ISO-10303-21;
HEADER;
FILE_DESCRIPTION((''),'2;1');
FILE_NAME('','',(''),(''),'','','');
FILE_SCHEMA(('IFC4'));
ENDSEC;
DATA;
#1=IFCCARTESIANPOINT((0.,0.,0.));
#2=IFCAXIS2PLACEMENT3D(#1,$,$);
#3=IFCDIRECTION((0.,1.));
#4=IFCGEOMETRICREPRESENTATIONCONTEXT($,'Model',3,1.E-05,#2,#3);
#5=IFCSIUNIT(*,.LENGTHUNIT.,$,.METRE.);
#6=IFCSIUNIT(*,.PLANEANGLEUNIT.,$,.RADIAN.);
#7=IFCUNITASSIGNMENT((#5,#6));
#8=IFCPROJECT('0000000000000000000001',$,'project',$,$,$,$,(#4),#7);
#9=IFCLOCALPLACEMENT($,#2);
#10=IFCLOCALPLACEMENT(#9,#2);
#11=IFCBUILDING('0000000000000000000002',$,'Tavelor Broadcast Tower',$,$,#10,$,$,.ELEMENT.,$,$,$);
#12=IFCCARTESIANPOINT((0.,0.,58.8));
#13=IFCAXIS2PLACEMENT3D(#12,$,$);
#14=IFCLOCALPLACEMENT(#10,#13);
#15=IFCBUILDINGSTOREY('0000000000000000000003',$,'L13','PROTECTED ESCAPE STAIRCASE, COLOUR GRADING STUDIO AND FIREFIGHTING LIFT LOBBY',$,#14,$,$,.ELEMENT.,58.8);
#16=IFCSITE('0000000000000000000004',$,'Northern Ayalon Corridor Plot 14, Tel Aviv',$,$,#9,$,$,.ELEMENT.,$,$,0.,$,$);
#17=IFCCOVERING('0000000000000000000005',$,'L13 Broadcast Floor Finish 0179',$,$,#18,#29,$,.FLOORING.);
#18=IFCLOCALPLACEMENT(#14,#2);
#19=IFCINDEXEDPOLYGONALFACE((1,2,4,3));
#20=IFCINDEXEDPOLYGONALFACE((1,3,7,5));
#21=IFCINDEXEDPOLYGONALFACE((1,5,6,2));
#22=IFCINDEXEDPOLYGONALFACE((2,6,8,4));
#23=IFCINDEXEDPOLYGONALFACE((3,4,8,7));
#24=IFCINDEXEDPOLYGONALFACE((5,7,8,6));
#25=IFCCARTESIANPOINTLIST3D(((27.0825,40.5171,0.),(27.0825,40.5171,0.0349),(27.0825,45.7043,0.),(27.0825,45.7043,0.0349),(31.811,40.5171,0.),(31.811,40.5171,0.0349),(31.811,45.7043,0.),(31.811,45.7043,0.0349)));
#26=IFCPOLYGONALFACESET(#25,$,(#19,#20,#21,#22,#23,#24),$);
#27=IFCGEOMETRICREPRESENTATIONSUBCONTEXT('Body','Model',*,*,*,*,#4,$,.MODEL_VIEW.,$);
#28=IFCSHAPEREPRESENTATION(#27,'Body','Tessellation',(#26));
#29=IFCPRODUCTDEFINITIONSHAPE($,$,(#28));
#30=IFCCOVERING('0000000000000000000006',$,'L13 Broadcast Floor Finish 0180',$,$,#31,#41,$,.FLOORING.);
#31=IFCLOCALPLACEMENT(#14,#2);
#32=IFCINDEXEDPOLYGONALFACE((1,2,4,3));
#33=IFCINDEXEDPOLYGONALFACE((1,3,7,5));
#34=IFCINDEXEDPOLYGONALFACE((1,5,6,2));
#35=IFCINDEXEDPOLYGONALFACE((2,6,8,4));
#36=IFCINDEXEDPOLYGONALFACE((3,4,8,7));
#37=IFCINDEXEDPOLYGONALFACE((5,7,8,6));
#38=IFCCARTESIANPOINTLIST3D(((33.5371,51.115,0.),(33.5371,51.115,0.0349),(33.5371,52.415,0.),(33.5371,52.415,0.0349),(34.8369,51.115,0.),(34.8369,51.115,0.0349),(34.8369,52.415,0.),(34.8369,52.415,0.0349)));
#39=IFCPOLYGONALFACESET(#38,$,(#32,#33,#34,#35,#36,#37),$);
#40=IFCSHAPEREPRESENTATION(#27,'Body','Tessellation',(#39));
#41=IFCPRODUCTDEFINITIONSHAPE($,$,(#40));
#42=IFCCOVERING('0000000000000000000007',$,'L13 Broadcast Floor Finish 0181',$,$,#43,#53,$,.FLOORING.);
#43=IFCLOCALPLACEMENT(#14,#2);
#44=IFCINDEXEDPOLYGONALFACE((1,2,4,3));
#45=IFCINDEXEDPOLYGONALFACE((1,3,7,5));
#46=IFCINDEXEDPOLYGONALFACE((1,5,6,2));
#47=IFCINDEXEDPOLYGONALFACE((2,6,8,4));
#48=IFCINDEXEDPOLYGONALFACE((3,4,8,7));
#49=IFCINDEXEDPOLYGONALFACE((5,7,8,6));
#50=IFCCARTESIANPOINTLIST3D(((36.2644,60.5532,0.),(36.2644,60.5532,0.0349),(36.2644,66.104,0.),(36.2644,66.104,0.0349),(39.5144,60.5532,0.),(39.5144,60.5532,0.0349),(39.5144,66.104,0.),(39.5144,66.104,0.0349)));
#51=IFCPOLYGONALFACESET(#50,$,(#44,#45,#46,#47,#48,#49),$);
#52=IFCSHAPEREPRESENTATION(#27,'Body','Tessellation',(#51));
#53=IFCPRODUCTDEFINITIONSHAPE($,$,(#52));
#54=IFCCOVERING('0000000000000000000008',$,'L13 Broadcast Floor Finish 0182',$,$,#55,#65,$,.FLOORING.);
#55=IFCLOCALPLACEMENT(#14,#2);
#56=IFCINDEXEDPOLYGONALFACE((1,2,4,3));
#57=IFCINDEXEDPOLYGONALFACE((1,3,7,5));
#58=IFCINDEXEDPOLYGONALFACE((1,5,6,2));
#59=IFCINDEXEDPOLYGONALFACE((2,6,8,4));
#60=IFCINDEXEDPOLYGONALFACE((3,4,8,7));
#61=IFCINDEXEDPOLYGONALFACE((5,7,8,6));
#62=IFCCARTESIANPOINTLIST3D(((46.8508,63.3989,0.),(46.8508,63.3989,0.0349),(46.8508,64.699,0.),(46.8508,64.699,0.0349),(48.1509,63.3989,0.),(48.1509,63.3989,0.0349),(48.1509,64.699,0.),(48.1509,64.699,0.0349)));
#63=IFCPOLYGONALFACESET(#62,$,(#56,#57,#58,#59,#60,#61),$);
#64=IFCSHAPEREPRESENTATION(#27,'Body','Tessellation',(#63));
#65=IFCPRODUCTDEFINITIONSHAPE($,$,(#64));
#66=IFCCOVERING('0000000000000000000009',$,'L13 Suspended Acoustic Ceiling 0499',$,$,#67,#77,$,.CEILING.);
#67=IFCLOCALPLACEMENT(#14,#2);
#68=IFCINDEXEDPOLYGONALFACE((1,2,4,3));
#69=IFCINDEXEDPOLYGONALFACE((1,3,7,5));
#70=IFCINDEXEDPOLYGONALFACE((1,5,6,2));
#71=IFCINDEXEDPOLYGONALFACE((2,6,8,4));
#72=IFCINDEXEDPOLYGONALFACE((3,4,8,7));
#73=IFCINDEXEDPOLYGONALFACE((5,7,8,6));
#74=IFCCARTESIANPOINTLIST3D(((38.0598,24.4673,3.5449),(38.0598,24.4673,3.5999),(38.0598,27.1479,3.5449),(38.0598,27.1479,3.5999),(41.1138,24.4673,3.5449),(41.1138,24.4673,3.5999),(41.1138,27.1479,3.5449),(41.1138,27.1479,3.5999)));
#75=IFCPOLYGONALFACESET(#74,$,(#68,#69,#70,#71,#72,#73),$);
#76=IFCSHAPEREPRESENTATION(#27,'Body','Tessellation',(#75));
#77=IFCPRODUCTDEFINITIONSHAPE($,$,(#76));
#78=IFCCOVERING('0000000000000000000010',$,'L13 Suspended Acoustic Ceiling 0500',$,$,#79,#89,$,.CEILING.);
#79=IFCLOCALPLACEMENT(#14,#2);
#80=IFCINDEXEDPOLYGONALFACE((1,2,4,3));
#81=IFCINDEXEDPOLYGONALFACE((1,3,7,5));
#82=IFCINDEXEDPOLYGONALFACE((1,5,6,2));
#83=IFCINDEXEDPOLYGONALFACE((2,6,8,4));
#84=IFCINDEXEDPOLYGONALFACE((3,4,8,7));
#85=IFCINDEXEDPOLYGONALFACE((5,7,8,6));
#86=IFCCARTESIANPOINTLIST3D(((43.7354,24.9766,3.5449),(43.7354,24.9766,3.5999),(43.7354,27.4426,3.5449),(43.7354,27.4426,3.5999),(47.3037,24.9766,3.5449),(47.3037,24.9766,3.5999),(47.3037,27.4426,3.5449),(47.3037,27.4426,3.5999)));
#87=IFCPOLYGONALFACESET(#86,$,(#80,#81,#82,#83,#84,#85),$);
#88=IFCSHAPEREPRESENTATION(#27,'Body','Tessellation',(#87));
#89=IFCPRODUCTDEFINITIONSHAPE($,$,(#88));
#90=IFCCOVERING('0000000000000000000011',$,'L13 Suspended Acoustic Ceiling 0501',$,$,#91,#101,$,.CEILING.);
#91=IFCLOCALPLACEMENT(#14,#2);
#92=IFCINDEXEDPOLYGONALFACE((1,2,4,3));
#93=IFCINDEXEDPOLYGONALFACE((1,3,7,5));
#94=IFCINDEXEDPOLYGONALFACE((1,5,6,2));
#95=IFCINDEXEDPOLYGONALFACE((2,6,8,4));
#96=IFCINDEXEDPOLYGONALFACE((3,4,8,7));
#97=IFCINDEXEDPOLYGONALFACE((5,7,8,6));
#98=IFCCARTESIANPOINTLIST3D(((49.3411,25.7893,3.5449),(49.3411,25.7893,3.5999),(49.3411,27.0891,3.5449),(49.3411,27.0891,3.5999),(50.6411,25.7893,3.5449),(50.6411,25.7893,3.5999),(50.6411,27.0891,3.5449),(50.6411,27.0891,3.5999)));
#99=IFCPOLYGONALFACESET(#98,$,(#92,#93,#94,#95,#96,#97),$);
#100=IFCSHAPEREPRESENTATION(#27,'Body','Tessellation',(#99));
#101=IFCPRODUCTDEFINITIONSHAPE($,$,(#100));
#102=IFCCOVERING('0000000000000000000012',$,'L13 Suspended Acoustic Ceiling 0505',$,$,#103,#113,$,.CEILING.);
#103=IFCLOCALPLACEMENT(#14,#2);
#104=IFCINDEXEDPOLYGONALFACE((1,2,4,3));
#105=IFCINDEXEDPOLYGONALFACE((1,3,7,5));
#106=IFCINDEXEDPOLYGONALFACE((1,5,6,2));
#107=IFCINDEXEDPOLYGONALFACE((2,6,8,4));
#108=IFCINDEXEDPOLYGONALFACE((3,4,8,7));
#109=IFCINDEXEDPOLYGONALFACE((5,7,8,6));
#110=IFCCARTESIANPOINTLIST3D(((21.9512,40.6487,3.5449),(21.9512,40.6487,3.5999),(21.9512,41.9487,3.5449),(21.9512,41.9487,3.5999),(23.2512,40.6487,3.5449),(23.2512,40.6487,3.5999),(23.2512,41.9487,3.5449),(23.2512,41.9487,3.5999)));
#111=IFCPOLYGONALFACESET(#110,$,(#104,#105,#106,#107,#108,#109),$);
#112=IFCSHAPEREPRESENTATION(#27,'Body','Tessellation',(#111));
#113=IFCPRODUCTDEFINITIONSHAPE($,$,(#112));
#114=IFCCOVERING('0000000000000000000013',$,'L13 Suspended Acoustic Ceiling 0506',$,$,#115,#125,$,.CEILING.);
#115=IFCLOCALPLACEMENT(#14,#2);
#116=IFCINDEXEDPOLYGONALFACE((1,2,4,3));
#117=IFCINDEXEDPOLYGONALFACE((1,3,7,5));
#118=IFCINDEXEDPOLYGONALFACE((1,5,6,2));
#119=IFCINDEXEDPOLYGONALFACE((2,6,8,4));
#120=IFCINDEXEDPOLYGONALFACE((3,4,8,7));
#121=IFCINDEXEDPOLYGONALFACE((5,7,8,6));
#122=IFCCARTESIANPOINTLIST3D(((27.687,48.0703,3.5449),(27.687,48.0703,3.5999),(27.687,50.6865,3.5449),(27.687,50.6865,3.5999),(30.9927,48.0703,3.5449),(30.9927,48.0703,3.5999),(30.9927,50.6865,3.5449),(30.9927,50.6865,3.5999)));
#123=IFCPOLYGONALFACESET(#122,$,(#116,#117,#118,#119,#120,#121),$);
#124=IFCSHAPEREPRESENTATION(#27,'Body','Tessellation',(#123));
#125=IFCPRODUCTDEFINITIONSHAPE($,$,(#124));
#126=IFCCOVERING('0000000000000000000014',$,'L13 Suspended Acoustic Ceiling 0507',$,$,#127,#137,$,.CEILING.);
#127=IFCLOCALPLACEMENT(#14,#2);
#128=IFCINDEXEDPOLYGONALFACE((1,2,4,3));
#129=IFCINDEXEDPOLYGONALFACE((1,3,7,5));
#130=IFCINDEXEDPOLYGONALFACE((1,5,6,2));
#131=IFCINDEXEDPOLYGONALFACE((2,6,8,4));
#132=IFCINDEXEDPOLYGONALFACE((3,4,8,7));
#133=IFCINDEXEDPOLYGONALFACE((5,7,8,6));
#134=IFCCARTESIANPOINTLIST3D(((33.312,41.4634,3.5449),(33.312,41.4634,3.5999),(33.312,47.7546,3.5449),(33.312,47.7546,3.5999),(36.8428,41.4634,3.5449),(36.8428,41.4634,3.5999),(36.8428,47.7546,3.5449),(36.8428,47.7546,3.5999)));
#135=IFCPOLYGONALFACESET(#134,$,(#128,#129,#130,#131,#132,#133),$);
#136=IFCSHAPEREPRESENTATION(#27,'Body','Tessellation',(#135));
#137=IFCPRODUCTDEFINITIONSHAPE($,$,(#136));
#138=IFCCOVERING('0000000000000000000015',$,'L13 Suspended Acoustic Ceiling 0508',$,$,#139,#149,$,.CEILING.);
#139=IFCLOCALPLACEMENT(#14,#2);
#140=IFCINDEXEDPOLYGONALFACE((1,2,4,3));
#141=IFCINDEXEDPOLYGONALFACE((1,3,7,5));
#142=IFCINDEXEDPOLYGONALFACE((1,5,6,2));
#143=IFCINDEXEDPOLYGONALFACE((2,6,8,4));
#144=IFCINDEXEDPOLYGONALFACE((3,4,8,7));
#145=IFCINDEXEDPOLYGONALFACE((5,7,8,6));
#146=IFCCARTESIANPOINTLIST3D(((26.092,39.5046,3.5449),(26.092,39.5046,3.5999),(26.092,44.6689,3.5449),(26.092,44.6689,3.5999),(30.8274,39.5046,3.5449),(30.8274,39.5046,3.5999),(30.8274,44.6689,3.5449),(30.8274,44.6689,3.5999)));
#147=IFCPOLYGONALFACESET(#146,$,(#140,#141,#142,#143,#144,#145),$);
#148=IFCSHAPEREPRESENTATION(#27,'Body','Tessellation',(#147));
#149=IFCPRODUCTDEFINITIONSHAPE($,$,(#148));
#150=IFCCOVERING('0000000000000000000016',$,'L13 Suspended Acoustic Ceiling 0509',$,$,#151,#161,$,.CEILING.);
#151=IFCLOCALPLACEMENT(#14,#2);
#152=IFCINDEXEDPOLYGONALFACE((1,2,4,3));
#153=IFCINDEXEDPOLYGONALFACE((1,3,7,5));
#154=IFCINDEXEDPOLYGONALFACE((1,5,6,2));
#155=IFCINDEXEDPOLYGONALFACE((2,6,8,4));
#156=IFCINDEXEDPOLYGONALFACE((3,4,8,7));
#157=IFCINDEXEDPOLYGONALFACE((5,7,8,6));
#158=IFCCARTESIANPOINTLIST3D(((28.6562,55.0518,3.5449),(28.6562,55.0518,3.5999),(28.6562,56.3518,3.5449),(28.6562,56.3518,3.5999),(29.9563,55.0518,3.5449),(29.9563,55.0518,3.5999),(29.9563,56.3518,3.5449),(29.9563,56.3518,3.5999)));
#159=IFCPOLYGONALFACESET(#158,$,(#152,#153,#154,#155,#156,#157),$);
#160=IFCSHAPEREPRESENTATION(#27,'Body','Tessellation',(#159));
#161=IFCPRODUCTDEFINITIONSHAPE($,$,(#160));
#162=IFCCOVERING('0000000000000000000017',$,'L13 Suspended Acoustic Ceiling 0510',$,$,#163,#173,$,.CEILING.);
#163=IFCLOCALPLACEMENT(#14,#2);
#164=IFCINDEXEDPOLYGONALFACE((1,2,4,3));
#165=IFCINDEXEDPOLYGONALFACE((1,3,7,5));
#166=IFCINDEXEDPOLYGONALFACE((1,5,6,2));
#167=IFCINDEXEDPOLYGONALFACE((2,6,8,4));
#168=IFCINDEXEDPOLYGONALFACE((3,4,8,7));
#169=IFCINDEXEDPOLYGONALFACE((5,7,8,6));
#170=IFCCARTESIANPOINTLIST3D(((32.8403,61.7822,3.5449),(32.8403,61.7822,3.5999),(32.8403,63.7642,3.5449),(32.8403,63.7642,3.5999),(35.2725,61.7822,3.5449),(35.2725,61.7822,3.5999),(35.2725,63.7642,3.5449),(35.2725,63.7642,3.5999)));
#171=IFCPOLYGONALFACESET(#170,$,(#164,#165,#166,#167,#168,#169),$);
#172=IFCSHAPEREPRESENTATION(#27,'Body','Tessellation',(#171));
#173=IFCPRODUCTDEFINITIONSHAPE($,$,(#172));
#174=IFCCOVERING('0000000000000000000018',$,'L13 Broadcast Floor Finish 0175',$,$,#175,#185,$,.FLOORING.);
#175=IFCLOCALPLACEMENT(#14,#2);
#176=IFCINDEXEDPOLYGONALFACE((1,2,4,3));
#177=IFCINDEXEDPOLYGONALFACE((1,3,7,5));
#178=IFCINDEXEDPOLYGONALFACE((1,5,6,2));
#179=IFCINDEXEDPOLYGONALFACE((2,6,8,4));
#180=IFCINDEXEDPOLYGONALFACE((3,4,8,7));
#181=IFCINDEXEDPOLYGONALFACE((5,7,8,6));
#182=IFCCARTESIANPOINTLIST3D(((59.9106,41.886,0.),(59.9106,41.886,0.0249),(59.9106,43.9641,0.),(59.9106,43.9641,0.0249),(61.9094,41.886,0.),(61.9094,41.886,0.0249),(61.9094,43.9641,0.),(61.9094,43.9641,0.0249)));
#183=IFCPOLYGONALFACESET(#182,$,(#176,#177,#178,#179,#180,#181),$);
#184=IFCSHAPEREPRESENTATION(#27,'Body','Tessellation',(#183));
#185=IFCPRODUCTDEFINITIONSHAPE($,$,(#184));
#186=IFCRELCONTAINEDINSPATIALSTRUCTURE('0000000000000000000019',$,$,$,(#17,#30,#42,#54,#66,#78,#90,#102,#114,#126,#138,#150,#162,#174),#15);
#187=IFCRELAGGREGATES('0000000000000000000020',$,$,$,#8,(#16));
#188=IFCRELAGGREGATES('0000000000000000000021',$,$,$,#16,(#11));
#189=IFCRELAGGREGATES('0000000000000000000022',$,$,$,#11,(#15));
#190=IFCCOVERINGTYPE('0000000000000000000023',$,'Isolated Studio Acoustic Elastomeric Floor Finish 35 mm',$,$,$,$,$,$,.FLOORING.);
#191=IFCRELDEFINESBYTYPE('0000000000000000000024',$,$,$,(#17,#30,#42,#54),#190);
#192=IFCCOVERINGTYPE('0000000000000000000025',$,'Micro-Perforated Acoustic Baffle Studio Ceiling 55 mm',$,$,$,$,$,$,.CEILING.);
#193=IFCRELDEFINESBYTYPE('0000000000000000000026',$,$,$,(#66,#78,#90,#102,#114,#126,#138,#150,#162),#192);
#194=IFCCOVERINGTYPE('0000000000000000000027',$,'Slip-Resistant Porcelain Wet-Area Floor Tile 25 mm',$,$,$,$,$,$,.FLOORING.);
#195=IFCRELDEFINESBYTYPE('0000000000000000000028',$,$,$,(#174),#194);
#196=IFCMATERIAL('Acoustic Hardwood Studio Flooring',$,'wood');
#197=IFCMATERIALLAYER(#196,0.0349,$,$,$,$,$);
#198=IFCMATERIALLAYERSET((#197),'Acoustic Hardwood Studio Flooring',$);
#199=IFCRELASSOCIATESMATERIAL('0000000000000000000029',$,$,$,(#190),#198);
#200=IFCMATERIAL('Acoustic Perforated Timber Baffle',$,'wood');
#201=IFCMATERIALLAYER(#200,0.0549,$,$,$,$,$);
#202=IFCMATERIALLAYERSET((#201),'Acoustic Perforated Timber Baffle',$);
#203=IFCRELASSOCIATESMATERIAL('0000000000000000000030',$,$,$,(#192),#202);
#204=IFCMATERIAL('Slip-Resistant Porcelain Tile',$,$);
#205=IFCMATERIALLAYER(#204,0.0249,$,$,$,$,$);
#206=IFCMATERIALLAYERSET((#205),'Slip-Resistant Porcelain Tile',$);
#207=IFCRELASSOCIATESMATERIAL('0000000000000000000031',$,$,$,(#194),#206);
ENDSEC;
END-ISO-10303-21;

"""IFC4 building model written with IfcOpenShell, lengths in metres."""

from ifc_helpers import new_model, si_unit, direction, frame, origin, place, context, subcontext, project, spatial, polyline, outline, extrude, material, layer, layer_set, type_object, element, save


model = new_model("IFC4")

# Units and contexts
model_context = context("Model", 3, precision=1e-05, world=origin(), true_north=direction((0.0, 1.0)))
body_context = subcontext(model_context, "Body", "Model", "MODEL_VIEW")
ifc_project = project(units=[si_unit("LENGTHUNIT", "METRE"), si_unit("PLANEANGLEUNIT", "RADIAN")], contexts=[model_context])

# Site, building, storey
site_placement = place(None, origin())
site = spatial("IfcSite", under=ifc_project, at=site_placement, Name="Northern Ayalon Corridor Plot 14, Tel Aviv", CompositionType="ELEMENT", RefElevation=0.0)
building_placement = place(site_placement, origin())
building = spatial("IfcBuilding", under=site, at=building_placement, Name="Tavelor Broadcast Tower", CompositionType="ELEMENT")
storey_placement = place(building_placement, frame((0.0, 0.0, 58.8)))
storey = spatial("IfcBuildingStorey", under=building, at=storey_placement, Name="L13", Description="PROTECTED ESCAPE STAIRCASE, COLOUR GRADING STUDIO AND FIREFIGHTING LIFT LOBBY", CompositionType="ELEMENT", Elevation=58.8)

# Coverings
ifc_material_1 = material(Name="Acoustic Hardwood Studio Flooring", Category="wood")
ifc_layer_1 = layer(ifc_material_1, 0.0349)
ifc_layer_set_1 = layer_set([ifc_layer_1], Name="Acoustic Hardwood Studio Flooring")
covering_type_1 = type_object("IfcCoveringType", Name="Isolated Studio Acoustic Elastomeric Floor Finish 35 mm", PredefinedType="FLOORING", material=ifc_layer_set_1)
covering_1_placement = place(storey_placement, origin())
element("IfcCovering", 1, at=covering_1_placement, inside=storey, type_object=covering_type_1, Name="L13 Broadcast Floor Finish 0179", PredefinedType="FLOORING", context=body_context, shape_type="SweptSolid", body=[
    extrude(outline(polyline([(27.0825, 40.5171), (31.811, 40.5171), (31.811, 45.7043), (27.0825, 45.7043), (27.0825, 40.5171)])), origin(), (0.0, 0.0, 1.0), 0.0349),
])
covering_2_placement = place(storey_placement, origin())
element("IfcCovering", 2, at=covering_2_placement, inside=storey, type_object=covering_type_1, Name="L13 Broadcast Floor Finish 0180", PredefinedType="FLOORING", context=body_context, shape_type="SweptSolid", body=[
    extrude(outline(polyline([(33.5371, 51.115), (34.8369, 51.115), (34.8369, 52.415), (33.5371, 52.415), (33.5371, 51.115)])), origin(), (0.0, 0.0, 1.0), 0.0349),
])
covering_3_placement = place(storey_placement, origin())
element("IfcCovering", 3, at=covering_3_placement, inside=storey, type_object=covering_type_1, Name="L13 Broadcast Floor Finish 0181", PredefinedType="FLOORING", context=body_context, shape_type="SweptSolid", body=[
    extrude(outline(polyline([(36.2644, 60.5532), (39.5144, 60.5532), (39.5144, 66.104), (36.2644, 66.104), (36.2644, 60.5532)])), origin(), (0.0, 0.0, 1.0), 0.0349),
])
covering_4_placement = place(storey_placement, origin())
element("IfcCovering", 4, at=covering_4_placement, inside=storey, type_object=covering_type_1, Name="L13 Broadcast Floor Finish 0182", PredefinedType="FLOORING", context=body_context, shape_type="SweptSolid", body=[
    extrude(outline(polyline([(46.8508, 63.3989), (48.1509, 63.3989), (48.1509, 64.699), (46.8508, 64.699), (46.8508, 63.3989)])), origin(), (0.0, 0.0, 1.0), 0.0349),
])
ifc_material_2 = material(Name="Acoustic Perforated Timber Baffle", Category="wood")
ifc_layer_2 = layer(ifc_material_2, 0.0549)
ifc_layer_set_2 = layer_set([ifc_layer_2], Name="Acoustic Perforated Timber Baffle")
covering_type_2 = type_object("IfcCoveringType", Name="Micro-Perforated Acoustic Baffle Studio Ceiling 55 mm", PredefinedType="CEILING", material=ifc_layer_set_2)
covering_5_placement = place(storey_placement, frame((0.0, 0.0, 3.5449)))
element("IfcCovering", 5, at=covering_5_placement, inside=storey, type_object=covering_type_2, Name="L13 Suspended Acoustic Ceiling 0499", PredefinedType="CEILING", context=body_context, shape_type="SweptSolid", body=[
    extrude(outline(polyline([(38.0598, 24.4673), (41.1138, 24.4673), (41.1138, 27.1479), (38.0598, 27.1479), (38.0598, 24.4673)])), origin(), (0.0, 0.0, 1.0), 0.0549),
])
covering_6_placement = place(storey_placement, frame((0.0, 0.0, 3.5449)))
element("IfcCovering", 6, at=covering_6_placement, inside=storey, type_object=covering_type_2, Name="L13 Suspended Acoustic Ceiling 0500", PredefinedType="CEILING", context=body_context, shape_type="SweptSolid", body=[
    extrude(outline(polyline([(43.7354, 24.9766), (47.3037, 24.9766), (47.3037, 27.4426), (43.7354, 27.4426), (43.7354, 24.9766)])), origin(), (0.0, 0.0, 1.0), 0.0549),
])
covering_7_placement = place(storey_placement, frame((0.0, 0.0, 3.5449)))
element("IfcCovering", 7, at=covering_7_placement, inside=storey, type_object=covering_type_2, Name="L13 Suspended Acoustic Ceiling 0501", PredefinedType="CEILING", context=body_context, shape_type="SweptSolid", body=[
    extrude(outline(polyline([(49.3411, 25.7893), (50.6411, 25.7893), (50.6411, 27.0891), (49.3411, 27.0891), (49.3411, 25.7893)])), origin(), (0.0, 0.0, 1.0), 0.0549),
])
covering_8_placement = place(storey_placement, frame((0.0, 0.0, 3.5449)))
element("IfcCovering", 8, at=covering_8_placement, inside=storey, type_object=covering_type_2, Name="L13 Suspended Acoustic Ceiling 0505", PredefinedType="CEILING", context=body_context, shape_type="SweptSolid", body=[
    extrude(outline(polyline([(21.9512, 40.6487), (23.2512, 40.6487), (23.2512, 41.9487), (21.9512, 41.9487), (21.9512, 40.6487)])), origin(), (0.0, 0.0, 1.0), 0.0549),
])
covering_9_placement = place(storey_placement, frame((0.0, 0.0, 3.5449)))
element("IfcCovering", 9, at=covering_9_placement, inside=storey, type_object=covering_type_2, Name="L13 Suspended Acoustic Ceiling 0506", PredefinedType="CEILING", context=body_context, shape_type="SweptSolid", body=[
    extrude(outline(polyline([(27.687, 48.0703), (30.9927, 48.0703), (30.9927, 50.6865), (27.687, 50.6865), (27.687, 48.0703)])), origin(), (0.0, 0.0, 1.0), 0.0549),
])
covering_10_placement = place(storey_placement, frame((0.0, 0.0, 3.5449)))
element("IfcCovering", 10, at=covering_10_placement, inside=storey, type_object=covering_type_2, Name="L13 Suspended Acoustic Ceiling 0507", PredefinedType="CEILING", context=body_context, shape_type="SweptSolid", body=[
    extrude(outline(polyline([(33.312, 41.4634), (36.8428, 41.4634), (36.8428, 47.7546), (33.312, 47.7546), (33.312, 41.4634)])), origin(), (0.0, 0.0, 1.0), 0.0549),
])
covering_11_placement = place(storey_placement, frame((0.0, 0.0, 3.5449)))
element("IfcCovering", 11, at=covering_11_placement, inside=storey, type_object=covering_type_2, Name="L13 Suspended Acoustic Ceiling 0508", PredefinedType="CEILING", context=body_context, shape_type="SweptSolid", body=[
    extrude(outline(polyline([(26.092, 39.5046), (30.8274, 39.5046), (30.8274, 44.6689), (26.092, 44.6689), (26.092, 39.5046)])), origin(), (0.0, 0.0, 1.0), 0.0549),
])
covering_12_placement = place(storey_placement, frame((0.0, 0.0, 3.5449)))
element("IfcCovering", 12, at=covering_12_placement, inside=storey, type_object=covering_type_2, Name="L13 Suspended Acoustic Ceiling 0509", PredefinedType="CEILING", context=body_context, shape_type="SweptSolid", body=[
    extrude(outline(polyline([(28.6562, 55.0518), (29.9563, 55.0518), (29.9563, 56.3518), (28.6562, 56.3518), (28.6562, 55.0518)])), origin(), (0.0, 0.0, 1.0), 0.0549),
])
covering_13_placement = place(storey_placement, frame((0.0, 0.0, 3.5449)))
element("IfcCovering", 13, at=covering_13_placement, inside=storey, type_object=covering_type_2, Name="L13 Suspended Acoustic Ceiling 0510", PredefinedType="CEILING", context=body_context, shape_type="SweptSolid", body=[
    extrude(outline(polyline([(32.8403, 61.7822), (35.2725, 61.7822), (35.2725, 63.7642), (32.8403, 63.7642), (32.8403, 61.7822)])), origin(), (0.0, 0.0, 1.0), 0.0549),
])
ifc_material_3 = material(Name="Slip-Resistant Porcelain Tile")
ifc_layer_3 = layer(ifc_material_3, 0.0249)
ifc_layer_set_3 = layer_set([ifc_layer_3], Name="Slip-Resistant Porcelain Tile")
covering_type_3 = type_object("IfcCoveringType", Name="Slip-Resistant Porcelain Wet-Area Floor Tile 25 mm", PredefinedType="FLOORING", material=ifc_layer_set_3)
covering_14_placement = place(storey_placement, origin())
element("IfcCovering", 14, at=covering_14_placement, inside=storey, type_object=covering_type_3, Name="L13 Broadcast Floor Finish 0175", PredefinedType="FLOORING", context=body_context, shape_type="SweptSolid", body=[
    extrude(outline(polyline([(59.9106, 41.886), (61.9094, 41.886), (61.9094, 43.9641), (59.9106, 43.9641), (59.9106, 41.886)])), origin(), (0.0, 0.0, 1.0), 0.0249),
])

save(model, "model.ifc")
